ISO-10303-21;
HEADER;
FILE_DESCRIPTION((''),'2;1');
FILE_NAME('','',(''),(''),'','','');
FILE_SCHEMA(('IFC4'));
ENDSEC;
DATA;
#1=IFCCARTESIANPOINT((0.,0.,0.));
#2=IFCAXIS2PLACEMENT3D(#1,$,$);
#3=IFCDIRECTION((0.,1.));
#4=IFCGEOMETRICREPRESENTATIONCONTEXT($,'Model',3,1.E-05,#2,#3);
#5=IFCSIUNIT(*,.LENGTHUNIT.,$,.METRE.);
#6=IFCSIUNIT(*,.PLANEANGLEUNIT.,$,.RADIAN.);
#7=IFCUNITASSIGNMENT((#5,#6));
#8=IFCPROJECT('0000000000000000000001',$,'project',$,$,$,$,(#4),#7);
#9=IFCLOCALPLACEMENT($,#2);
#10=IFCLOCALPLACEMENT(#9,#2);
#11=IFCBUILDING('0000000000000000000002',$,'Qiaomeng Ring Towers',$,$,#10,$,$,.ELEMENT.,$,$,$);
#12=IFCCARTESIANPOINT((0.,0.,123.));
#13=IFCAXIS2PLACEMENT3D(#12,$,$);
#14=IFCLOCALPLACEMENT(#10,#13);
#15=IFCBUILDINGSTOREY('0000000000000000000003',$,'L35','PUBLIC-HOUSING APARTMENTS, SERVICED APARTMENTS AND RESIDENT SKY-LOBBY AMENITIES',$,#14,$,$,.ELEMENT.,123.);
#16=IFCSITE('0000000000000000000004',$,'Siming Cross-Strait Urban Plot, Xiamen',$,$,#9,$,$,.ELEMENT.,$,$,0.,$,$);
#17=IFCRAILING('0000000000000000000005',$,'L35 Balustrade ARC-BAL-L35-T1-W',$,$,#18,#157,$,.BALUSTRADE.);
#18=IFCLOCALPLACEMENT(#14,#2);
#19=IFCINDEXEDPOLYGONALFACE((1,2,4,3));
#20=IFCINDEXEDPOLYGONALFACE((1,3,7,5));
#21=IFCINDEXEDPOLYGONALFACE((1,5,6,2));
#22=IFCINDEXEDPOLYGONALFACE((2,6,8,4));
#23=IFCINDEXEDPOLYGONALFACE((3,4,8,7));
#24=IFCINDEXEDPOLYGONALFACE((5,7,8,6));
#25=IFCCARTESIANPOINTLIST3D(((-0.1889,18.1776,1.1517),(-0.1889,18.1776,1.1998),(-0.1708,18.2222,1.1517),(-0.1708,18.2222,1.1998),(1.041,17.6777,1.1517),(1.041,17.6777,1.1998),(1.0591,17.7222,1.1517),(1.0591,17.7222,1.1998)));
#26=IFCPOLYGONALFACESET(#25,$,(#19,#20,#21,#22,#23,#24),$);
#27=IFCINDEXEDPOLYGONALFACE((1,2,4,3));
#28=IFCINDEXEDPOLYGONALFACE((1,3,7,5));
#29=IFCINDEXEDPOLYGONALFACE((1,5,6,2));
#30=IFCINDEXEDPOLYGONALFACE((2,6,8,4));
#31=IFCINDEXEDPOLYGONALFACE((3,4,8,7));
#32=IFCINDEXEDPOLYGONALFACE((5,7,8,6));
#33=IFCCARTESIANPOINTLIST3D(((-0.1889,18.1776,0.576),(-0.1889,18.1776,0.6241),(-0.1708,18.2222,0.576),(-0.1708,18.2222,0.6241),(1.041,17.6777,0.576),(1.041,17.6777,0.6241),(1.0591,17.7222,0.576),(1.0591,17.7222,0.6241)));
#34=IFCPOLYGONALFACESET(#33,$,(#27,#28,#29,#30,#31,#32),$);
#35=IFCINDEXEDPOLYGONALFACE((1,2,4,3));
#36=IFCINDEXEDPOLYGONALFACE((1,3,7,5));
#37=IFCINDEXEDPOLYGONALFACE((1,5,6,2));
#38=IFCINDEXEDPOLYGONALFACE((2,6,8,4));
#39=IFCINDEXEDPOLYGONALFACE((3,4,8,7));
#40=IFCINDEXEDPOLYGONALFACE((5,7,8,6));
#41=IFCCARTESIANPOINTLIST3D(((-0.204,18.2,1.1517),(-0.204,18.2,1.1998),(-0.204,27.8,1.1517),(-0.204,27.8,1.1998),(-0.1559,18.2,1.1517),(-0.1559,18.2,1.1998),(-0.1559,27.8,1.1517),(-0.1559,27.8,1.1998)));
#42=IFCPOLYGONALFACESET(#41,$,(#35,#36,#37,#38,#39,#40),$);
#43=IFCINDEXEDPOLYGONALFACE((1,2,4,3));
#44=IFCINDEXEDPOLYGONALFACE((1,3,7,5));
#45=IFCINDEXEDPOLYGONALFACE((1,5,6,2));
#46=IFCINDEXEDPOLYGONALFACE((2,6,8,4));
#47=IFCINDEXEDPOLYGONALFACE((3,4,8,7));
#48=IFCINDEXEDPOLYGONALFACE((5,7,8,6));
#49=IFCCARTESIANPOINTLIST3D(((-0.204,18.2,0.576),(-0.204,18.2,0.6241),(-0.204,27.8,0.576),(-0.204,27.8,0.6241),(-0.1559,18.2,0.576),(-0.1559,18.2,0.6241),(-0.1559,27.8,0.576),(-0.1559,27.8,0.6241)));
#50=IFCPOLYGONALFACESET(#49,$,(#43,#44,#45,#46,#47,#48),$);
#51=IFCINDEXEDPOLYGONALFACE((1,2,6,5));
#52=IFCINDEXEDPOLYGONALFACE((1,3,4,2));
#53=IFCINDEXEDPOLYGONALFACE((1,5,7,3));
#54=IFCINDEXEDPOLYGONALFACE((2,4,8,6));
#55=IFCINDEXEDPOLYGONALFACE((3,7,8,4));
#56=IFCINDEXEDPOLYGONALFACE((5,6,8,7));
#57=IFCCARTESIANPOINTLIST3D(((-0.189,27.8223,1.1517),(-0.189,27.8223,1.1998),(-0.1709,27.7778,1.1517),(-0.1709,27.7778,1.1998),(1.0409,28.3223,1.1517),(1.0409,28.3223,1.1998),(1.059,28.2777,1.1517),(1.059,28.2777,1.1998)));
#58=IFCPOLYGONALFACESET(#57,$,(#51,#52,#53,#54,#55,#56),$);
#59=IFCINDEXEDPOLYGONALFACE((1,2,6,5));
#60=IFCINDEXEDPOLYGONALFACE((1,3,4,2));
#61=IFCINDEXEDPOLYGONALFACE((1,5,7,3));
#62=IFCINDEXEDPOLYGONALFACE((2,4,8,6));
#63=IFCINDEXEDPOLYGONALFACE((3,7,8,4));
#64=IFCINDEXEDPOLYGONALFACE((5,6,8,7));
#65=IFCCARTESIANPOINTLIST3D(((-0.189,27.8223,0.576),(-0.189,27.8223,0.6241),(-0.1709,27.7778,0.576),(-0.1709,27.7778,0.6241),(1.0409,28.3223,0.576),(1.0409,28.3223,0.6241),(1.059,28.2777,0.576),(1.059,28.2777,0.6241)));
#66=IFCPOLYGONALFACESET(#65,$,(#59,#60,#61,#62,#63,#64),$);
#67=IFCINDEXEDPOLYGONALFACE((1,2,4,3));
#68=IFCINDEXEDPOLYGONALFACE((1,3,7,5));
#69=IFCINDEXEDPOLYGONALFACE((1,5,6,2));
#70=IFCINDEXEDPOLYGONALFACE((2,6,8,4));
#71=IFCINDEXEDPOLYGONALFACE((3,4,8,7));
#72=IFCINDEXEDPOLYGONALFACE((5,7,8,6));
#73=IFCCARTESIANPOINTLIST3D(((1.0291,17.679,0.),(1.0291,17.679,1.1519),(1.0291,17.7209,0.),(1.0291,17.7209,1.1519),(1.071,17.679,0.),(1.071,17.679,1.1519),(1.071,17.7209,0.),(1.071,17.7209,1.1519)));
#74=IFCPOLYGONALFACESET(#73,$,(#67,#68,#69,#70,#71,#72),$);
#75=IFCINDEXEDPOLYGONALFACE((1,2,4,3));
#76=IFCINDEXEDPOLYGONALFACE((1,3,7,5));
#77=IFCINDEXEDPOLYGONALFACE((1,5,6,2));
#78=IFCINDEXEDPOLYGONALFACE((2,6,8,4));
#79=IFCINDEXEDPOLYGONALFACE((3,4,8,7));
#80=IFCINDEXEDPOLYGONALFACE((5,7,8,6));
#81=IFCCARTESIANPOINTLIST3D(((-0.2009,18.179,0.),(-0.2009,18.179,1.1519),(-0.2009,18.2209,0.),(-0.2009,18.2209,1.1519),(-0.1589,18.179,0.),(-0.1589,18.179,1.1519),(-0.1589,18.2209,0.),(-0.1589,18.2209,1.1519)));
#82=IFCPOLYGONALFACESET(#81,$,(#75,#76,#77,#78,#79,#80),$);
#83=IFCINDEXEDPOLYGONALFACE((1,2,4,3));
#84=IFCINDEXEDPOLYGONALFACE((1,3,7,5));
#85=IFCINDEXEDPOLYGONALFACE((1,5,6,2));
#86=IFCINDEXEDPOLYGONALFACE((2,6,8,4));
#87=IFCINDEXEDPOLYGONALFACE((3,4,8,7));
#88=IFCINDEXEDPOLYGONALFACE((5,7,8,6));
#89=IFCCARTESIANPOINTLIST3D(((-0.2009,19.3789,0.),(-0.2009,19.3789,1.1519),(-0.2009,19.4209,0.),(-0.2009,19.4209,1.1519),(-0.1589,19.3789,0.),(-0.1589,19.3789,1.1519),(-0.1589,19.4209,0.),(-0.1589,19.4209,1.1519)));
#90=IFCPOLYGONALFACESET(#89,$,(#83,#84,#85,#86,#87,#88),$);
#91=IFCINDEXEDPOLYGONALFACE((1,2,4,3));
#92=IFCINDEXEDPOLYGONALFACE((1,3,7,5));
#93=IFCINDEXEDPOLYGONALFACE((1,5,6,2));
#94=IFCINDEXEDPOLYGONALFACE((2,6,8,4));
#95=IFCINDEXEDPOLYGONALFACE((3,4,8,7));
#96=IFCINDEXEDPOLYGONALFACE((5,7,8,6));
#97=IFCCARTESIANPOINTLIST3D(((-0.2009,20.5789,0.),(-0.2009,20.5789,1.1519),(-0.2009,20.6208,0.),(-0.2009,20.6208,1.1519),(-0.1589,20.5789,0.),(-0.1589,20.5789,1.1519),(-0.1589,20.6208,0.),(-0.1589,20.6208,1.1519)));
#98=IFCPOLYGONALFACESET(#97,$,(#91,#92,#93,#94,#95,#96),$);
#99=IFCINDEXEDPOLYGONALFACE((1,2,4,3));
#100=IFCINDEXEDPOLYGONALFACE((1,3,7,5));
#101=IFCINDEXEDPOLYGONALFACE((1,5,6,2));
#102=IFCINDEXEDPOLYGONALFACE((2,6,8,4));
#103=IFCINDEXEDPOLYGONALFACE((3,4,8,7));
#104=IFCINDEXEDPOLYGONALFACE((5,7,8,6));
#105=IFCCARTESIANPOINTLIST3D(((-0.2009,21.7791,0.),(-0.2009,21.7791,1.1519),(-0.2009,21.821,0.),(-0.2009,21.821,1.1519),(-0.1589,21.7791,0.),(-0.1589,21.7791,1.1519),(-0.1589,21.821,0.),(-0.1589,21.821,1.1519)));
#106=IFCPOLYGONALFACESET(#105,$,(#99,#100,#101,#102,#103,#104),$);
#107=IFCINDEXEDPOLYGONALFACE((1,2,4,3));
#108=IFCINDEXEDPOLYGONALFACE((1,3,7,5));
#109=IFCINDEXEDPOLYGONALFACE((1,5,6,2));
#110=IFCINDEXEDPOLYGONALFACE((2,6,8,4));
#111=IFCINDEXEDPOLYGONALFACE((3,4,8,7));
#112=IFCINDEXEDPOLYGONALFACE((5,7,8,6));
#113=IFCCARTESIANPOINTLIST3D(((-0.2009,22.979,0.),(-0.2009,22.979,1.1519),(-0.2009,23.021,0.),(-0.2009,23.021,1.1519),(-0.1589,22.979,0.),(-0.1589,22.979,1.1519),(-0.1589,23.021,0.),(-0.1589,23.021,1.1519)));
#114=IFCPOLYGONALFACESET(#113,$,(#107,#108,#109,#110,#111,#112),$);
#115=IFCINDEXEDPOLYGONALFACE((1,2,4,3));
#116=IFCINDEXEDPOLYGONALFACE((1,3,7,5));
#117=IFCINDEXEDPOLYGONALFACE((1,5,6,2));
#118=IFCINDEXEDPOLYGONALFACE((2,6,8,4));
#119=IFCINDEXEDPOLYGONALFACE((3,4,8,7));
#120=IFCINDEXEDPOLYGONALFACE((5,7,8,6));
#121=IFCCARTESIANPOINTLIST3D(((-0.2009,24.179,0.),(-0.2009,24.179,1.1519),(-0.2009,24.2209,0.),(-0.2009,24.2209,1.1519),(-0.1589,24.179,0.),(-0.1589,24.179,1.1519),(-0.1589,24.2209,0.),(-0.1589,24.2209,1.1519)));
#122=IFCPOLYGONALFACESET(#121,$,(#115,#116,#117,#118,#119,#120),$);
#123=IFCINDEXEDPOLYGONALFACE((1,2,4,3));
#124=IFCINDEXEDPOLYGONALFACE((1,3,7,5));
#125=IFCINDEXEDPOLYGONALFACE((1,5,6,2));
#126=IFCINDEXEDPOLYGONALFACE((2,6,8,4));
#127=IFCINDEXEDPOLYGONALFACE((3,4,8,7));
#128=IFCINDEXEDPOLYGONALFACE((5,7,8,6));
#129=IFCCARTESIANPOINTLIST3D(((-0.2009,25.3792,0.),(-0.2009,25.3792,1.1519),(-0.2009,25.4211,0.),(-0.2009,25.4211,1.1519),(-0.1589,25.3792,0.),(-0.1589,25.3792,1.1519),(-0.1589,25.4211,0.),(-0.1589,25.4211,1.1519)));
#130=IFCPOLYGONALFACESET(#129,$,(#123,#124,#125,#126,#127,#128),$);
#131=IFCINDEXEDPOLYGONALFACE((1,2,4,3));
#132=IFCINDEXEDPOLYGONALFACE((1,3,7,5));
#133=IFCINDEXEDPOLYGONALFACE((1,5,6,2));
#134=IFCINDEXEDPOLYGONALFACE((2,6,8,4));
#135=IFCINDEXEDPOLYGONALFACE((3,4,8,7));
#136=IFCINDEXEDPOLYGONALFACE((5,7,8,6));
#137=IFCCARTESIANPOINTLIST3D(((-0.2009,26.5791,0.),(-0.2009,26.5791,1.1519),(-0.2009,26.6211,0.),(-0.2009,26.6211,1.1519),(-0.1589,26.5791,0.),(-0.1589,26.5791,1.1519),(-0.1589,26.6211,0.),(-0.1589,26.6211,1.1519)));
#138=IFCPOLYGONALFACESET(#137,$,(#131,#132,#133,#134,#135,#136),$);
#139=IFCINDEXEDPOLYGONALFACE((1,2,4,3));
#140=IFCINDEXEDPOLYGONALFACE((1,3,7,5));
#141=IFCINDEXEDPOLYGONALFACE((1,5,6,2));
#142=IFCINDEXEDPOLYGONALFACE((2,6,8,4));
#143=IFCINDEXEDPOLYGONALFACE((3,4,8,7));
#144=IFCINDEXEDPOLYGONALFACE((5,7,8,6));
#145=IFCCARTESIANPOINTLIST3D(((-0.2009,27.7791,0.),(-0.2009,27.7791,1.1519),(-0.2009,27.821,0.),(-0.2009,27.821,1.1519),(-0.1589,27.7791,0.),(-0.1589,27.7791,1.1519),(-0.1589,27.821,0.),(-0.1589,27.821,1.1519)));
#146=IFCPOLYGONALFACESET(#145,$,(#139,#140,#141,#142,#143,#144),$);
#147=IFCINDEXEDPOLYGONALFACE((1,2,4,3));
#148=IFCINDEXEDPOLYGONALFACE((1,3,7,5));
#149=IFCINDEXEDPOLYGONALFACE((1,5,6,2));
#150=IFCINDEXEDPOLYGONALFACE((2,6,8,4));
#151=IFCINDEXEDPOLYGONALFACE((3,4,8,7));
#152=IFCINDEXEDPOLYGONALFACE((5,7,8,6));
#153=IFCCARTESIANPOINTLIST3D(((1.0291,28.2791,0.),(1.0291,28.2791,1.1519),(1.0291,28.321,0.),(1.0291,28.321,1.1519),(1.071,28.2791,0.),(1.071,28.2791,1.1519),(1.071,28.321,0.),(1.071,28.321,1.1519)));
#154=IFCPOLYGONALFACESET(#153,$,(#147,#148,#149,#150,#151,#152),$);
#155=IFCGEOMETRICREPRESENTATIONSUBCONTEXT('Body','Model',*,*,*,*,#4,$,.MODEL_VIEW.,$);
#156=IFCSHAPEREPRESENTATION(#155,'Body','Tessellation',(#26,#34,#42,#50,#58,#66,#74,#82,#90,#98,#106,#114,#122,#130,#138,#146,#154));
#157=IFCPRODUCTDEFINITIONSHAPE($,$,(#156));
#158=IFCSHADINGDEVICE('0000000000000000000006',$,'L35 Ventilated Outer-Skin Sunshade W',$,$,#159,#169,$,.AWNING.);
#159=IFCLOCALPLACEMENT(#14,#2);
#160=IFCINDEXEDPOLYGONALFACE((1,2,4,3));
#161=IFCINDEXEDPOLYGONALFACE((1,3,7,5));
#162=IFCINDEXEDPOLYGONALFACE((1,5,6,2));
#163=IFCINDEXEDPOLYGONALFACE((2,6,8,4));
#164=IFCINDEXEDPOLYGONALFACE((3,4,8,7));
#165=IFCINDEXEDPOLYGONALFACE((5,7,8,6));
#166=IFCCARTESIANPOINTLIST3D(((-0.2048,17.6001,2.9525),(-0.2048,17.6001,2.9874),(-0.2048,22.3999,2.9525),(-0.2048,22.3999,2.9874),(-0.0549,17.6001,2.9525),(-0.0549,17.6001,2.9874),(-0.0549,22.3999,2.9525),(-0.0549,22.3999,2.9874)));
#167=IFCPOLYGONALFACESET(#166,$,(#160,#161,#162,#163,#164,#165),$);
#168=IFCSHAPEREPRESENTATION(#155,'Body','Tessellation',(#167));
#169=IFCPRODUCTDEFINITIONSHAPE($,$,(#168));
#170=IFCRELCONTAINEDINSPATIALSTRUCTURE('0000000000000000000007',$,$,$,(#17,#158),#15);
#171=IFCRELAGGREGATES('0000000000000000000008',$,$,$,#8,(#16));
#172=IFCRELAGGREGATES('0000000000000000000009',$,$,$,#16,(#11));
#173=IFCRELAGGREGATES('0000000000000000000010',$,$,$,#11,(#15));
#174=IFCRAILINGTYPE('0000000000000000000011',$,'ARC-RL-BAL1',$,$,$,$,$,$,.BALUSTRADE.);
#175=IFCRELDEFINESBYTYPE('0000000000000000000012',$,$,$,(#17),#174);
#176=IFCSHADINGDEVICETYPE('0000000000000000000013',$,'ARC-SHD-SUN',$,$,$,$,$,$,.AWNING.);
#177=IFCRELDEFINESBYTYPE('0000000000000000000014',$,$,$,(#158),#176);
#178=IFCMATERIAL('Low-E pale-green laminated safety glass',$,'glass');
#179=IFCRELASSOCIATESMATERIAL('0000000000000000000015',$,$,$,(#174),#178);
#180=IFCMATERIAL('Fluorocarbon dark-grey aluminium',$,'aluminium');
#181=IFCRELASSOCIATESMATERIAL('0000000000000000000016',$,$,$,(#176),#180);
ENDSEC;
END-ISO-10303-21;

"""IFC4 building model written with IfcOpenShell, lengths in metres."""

from ifc_helpers import new_model, si_unit, direction, frame, origin, origin_2d, place, context, subcontext, project, spatial, rectangle, extrude, source, transform, mapped, material, material_profile, profile_set, type_object, element, save


model = new_model("IFC4")

# Units and contexts
model_context = context("Model", 3, precision=1e-05, world=origin(), true_north=direction((0.0, 1.0)))
body_context = subcontext(model_context, "Body", "Model", "MODEL_VIEW")
ifc_project = project(units=[si_unit("LENGTHUNIT", "METRE"), si_unit("PLANEANGLEUNIT", "RADIAN")], contexts=[model_context])

# Site, building, storey
site_placement = place(None, origin())
site = spatial("IfcSite", under=ifc_project, at=site_placement, Name="Siming Cross-Strait Urban Plot, Xiamen", CompositionType="ELEMENT", RefElevation=0.0)
building_placement = place(site_placement, origin())
building = spatial("IfcBuilding", under=site, at=building_placement, Name="Qiaomeng Ring Towers", CompositionType="ELEMENT")
storey_placement = place(building_placement, frame((0.0, 0.0, 123.0)))
storey = spatial("IfcBuildingStorey", under=building, at=storey_placement, Name="L35", Description="PUBLIC-HOUSING APARTMENTS, SERVICED APARTMENTS AND RESIDENT SKY-LOBBY AMENITIES", CompositionType="ELEMENT", Elevation=123.0)

# Railing
ifc_material_1 = material(Name="Low-E pale-green laminated safety glass", Category="glass")
railing_type = type_object("IfcRailingType", Name="ARC-RL-BAL1", PredefinedType="BALUSTRADE", material=ifc_material_1)
railing_1_placement = place(storey_placement, frame((1.05, 17.7, 0.0)))
element("IfcRailing", 1, at=railing_1_placement, inside=storey, type_object=railing_type, Name="L35 Balustrade ARC-BAL-L35-T1-W", PredefinedType="BALUSTRADE", context=body_context, shape_type="SweptSolid", body=[
    extrude(rectangle(XDim=0.0481, YDim=0.0481, at=origin_2d()), frame((0.0, 0.0, 1.1758), z_axis=(-0.926382, 0.376584, 0.0), x_axis=(-0.376584, -0.926382, 0.0)), (0.0, 0.0, 1.0), 1.3276),
    extrude(rectangle(XDim=0.0481, YDim=0.0481, at=origin_2d()), frame((0.0, 0.0, 0.6001), z_axis=(-0.926382, 0.376584, 0.0), x_axis=(-0.376584, -0.926382, 0.0)), (0.0, 0.0, 1.0), 1.3276),
    extrude(rectangle(XDim=0.0481, YDim=0.0481, at=origin_2d()), frame((-1.23, 0.5, 1.1758), z_axis=(0.0, 1.0, 0.0), x_axis=(-1.0, 0.0, 0.0)), (0.0, 0.0, 1.0), 9.6001),
    extrude(rectangle(XDim=0.0481, YDim=0.0481, at=origin_2d()), frame((-1.23, 0.5, 0.6001), z_axis=(0.0, 1.0, 0.0), x_axis=(-1.0, 0.0, 0.0)), (0.0, 0.0, 1.0), 9.6001),
    extrude(rectangle(XDim=0.0481, YDim=0.0481, at=origin_2d()), frame((-1.23, 10.1001, 1.1758), z_axis=(0.926382, 0.376584, 0.0), x_axis=(-0.376584, 0.926382, 0.0)), (0.0, 0.0, 1.0), 1.3276),
    extrude(rectangle(XDim=0.0481, YDim=0.0481, at=origin_2d()), frame((-1.23, 10.1001, 0.6001), z_axis=(0.926382, 0.376584, 0.0), x_axis=(-0.376584, 0.926382, 0.0)), (0.0, 0.0, 1.0), 1.3276),
    extrude(rectangle(XDim=0.042, YDim=0.042, at=origin_2d()), origin(), (0.0, 0.0, 1.0), 1.1519),
    extrude(rectangle(XDim=0.042, YDim=0.042, at=origin_2d()), frame((-1.23, 0.5, 0.0)), (0.0, 0.0, 1.0), 1.1519),
    extrude(rectangle(XDim=0.042, YDim=0.042, at=origin_2d()), frame((-1.23, 1.7, 0.0)), (0.0, 0.0, 1.0), 1.1519),
    extrude(rectangle(XDim=0.042, YDim=0.042, at=origin_2d()), frame((-1.23, 2.8999, 0.0)), (0.0, 0.0, 1.0), 1.1519),
    extrude(rectangle(XDim=0.042, YDim=0.042, at=origin_2d()), frame((-1.23, 4.1001, 0.0)), (0.0, 0.0, 1.0), 1.1519),
    extrude(rectangle(XDim=0.042, YDim=0.042, at=origin_2d()), frame((-1.23, 5.3, 0.0)), (0.0, 0.0, 1.0), 1.1519),
    extrude(rectangle(XDim=0.042, YDim=0.042, at=origin_2d()), frame((-1.23, 6.5, 0.0)), (0.0, 0.0, 1.0), 1.1519),
    extrude(rectangle(XDim=0.042, YDim=0.042, at=origin_2d()), frame((-1.23, 7.7002, 0.0)), (0.0, 0.0, 1.0), 1.1519),
    extrude(rectangle(XDim=0.042, YDim=0.042, at=origin_2d()), frame((-1.23, 8.9001, 0.0)), (0.0, 0.0, 1.0), 1.1519),
    extrude(rectangle(XDim=0.042, YDim=0.042, at=origin_2d()), frame((-1.23, 10.1001, 0.0)), (0.0, 0.0, 1.0), 1.1519),
    extrude(rectangle(XDim=0.042, YDim=0.042, at=origin_2d()), frame((0.0, 10.6001, 0.0)), (0.0, 0.0, 1.0), 1.1519),
])

# Shading device
ifc_material_2 = material(Name="Fluorocarbon dark-grey aluminium", Category="aluminium")
ifc_material_profile_1 = material_profile(ifc_material_2, rectangle(XDim=0.1499, YDim=0.0349, at=origin_2d()), Name="LV BLADE 150x35")
ifc_profile_set_1 = profile_set([ifc_material_profile_1], Name="Fluorocarbon dark-grey aluminium")
shading_device_type = type_object("IfcShadingDeviceType", Name="ARC-SHD-SUN", PredefinedType="AWNING", material=ifc_profile_set_1)
shared_shape_1 = source(origin(), body_context, "Body", "SweptSolid", [
    extrude(rectangle(XDim=0.1499, YDim=0.0349, at=origin_2d()), origin(), (0.0, 0.0, 1.0), 4.7998),
])
shading_device_placement = place(storey_placement, frame((-0.1299, 17.6001, 2.97), z_axis=(0.0, 1.0, 0.0), x_axis=(-1.0, 0.0, 0.0)))
element("IfcShadingDevice", 2, at=shading_device_placement, inside=storey, type_object=shading_device_type, Name="L35 Ventilated Outer-Skin Sunshade W", PredefinedType="AWNING", context=body_context, shape_type="MappedRepresentation", body=[
    mapped(shared_shape_1, transform((0.0, 0.0, 0.0), x_axis=(1.0, 0.0, 0.0), y_axis=(0.0, 1.0, 0.0), z_axis=(0.0, 0.0, 1.0), scale=1.0)),
])

save(model, "model.ifc")
